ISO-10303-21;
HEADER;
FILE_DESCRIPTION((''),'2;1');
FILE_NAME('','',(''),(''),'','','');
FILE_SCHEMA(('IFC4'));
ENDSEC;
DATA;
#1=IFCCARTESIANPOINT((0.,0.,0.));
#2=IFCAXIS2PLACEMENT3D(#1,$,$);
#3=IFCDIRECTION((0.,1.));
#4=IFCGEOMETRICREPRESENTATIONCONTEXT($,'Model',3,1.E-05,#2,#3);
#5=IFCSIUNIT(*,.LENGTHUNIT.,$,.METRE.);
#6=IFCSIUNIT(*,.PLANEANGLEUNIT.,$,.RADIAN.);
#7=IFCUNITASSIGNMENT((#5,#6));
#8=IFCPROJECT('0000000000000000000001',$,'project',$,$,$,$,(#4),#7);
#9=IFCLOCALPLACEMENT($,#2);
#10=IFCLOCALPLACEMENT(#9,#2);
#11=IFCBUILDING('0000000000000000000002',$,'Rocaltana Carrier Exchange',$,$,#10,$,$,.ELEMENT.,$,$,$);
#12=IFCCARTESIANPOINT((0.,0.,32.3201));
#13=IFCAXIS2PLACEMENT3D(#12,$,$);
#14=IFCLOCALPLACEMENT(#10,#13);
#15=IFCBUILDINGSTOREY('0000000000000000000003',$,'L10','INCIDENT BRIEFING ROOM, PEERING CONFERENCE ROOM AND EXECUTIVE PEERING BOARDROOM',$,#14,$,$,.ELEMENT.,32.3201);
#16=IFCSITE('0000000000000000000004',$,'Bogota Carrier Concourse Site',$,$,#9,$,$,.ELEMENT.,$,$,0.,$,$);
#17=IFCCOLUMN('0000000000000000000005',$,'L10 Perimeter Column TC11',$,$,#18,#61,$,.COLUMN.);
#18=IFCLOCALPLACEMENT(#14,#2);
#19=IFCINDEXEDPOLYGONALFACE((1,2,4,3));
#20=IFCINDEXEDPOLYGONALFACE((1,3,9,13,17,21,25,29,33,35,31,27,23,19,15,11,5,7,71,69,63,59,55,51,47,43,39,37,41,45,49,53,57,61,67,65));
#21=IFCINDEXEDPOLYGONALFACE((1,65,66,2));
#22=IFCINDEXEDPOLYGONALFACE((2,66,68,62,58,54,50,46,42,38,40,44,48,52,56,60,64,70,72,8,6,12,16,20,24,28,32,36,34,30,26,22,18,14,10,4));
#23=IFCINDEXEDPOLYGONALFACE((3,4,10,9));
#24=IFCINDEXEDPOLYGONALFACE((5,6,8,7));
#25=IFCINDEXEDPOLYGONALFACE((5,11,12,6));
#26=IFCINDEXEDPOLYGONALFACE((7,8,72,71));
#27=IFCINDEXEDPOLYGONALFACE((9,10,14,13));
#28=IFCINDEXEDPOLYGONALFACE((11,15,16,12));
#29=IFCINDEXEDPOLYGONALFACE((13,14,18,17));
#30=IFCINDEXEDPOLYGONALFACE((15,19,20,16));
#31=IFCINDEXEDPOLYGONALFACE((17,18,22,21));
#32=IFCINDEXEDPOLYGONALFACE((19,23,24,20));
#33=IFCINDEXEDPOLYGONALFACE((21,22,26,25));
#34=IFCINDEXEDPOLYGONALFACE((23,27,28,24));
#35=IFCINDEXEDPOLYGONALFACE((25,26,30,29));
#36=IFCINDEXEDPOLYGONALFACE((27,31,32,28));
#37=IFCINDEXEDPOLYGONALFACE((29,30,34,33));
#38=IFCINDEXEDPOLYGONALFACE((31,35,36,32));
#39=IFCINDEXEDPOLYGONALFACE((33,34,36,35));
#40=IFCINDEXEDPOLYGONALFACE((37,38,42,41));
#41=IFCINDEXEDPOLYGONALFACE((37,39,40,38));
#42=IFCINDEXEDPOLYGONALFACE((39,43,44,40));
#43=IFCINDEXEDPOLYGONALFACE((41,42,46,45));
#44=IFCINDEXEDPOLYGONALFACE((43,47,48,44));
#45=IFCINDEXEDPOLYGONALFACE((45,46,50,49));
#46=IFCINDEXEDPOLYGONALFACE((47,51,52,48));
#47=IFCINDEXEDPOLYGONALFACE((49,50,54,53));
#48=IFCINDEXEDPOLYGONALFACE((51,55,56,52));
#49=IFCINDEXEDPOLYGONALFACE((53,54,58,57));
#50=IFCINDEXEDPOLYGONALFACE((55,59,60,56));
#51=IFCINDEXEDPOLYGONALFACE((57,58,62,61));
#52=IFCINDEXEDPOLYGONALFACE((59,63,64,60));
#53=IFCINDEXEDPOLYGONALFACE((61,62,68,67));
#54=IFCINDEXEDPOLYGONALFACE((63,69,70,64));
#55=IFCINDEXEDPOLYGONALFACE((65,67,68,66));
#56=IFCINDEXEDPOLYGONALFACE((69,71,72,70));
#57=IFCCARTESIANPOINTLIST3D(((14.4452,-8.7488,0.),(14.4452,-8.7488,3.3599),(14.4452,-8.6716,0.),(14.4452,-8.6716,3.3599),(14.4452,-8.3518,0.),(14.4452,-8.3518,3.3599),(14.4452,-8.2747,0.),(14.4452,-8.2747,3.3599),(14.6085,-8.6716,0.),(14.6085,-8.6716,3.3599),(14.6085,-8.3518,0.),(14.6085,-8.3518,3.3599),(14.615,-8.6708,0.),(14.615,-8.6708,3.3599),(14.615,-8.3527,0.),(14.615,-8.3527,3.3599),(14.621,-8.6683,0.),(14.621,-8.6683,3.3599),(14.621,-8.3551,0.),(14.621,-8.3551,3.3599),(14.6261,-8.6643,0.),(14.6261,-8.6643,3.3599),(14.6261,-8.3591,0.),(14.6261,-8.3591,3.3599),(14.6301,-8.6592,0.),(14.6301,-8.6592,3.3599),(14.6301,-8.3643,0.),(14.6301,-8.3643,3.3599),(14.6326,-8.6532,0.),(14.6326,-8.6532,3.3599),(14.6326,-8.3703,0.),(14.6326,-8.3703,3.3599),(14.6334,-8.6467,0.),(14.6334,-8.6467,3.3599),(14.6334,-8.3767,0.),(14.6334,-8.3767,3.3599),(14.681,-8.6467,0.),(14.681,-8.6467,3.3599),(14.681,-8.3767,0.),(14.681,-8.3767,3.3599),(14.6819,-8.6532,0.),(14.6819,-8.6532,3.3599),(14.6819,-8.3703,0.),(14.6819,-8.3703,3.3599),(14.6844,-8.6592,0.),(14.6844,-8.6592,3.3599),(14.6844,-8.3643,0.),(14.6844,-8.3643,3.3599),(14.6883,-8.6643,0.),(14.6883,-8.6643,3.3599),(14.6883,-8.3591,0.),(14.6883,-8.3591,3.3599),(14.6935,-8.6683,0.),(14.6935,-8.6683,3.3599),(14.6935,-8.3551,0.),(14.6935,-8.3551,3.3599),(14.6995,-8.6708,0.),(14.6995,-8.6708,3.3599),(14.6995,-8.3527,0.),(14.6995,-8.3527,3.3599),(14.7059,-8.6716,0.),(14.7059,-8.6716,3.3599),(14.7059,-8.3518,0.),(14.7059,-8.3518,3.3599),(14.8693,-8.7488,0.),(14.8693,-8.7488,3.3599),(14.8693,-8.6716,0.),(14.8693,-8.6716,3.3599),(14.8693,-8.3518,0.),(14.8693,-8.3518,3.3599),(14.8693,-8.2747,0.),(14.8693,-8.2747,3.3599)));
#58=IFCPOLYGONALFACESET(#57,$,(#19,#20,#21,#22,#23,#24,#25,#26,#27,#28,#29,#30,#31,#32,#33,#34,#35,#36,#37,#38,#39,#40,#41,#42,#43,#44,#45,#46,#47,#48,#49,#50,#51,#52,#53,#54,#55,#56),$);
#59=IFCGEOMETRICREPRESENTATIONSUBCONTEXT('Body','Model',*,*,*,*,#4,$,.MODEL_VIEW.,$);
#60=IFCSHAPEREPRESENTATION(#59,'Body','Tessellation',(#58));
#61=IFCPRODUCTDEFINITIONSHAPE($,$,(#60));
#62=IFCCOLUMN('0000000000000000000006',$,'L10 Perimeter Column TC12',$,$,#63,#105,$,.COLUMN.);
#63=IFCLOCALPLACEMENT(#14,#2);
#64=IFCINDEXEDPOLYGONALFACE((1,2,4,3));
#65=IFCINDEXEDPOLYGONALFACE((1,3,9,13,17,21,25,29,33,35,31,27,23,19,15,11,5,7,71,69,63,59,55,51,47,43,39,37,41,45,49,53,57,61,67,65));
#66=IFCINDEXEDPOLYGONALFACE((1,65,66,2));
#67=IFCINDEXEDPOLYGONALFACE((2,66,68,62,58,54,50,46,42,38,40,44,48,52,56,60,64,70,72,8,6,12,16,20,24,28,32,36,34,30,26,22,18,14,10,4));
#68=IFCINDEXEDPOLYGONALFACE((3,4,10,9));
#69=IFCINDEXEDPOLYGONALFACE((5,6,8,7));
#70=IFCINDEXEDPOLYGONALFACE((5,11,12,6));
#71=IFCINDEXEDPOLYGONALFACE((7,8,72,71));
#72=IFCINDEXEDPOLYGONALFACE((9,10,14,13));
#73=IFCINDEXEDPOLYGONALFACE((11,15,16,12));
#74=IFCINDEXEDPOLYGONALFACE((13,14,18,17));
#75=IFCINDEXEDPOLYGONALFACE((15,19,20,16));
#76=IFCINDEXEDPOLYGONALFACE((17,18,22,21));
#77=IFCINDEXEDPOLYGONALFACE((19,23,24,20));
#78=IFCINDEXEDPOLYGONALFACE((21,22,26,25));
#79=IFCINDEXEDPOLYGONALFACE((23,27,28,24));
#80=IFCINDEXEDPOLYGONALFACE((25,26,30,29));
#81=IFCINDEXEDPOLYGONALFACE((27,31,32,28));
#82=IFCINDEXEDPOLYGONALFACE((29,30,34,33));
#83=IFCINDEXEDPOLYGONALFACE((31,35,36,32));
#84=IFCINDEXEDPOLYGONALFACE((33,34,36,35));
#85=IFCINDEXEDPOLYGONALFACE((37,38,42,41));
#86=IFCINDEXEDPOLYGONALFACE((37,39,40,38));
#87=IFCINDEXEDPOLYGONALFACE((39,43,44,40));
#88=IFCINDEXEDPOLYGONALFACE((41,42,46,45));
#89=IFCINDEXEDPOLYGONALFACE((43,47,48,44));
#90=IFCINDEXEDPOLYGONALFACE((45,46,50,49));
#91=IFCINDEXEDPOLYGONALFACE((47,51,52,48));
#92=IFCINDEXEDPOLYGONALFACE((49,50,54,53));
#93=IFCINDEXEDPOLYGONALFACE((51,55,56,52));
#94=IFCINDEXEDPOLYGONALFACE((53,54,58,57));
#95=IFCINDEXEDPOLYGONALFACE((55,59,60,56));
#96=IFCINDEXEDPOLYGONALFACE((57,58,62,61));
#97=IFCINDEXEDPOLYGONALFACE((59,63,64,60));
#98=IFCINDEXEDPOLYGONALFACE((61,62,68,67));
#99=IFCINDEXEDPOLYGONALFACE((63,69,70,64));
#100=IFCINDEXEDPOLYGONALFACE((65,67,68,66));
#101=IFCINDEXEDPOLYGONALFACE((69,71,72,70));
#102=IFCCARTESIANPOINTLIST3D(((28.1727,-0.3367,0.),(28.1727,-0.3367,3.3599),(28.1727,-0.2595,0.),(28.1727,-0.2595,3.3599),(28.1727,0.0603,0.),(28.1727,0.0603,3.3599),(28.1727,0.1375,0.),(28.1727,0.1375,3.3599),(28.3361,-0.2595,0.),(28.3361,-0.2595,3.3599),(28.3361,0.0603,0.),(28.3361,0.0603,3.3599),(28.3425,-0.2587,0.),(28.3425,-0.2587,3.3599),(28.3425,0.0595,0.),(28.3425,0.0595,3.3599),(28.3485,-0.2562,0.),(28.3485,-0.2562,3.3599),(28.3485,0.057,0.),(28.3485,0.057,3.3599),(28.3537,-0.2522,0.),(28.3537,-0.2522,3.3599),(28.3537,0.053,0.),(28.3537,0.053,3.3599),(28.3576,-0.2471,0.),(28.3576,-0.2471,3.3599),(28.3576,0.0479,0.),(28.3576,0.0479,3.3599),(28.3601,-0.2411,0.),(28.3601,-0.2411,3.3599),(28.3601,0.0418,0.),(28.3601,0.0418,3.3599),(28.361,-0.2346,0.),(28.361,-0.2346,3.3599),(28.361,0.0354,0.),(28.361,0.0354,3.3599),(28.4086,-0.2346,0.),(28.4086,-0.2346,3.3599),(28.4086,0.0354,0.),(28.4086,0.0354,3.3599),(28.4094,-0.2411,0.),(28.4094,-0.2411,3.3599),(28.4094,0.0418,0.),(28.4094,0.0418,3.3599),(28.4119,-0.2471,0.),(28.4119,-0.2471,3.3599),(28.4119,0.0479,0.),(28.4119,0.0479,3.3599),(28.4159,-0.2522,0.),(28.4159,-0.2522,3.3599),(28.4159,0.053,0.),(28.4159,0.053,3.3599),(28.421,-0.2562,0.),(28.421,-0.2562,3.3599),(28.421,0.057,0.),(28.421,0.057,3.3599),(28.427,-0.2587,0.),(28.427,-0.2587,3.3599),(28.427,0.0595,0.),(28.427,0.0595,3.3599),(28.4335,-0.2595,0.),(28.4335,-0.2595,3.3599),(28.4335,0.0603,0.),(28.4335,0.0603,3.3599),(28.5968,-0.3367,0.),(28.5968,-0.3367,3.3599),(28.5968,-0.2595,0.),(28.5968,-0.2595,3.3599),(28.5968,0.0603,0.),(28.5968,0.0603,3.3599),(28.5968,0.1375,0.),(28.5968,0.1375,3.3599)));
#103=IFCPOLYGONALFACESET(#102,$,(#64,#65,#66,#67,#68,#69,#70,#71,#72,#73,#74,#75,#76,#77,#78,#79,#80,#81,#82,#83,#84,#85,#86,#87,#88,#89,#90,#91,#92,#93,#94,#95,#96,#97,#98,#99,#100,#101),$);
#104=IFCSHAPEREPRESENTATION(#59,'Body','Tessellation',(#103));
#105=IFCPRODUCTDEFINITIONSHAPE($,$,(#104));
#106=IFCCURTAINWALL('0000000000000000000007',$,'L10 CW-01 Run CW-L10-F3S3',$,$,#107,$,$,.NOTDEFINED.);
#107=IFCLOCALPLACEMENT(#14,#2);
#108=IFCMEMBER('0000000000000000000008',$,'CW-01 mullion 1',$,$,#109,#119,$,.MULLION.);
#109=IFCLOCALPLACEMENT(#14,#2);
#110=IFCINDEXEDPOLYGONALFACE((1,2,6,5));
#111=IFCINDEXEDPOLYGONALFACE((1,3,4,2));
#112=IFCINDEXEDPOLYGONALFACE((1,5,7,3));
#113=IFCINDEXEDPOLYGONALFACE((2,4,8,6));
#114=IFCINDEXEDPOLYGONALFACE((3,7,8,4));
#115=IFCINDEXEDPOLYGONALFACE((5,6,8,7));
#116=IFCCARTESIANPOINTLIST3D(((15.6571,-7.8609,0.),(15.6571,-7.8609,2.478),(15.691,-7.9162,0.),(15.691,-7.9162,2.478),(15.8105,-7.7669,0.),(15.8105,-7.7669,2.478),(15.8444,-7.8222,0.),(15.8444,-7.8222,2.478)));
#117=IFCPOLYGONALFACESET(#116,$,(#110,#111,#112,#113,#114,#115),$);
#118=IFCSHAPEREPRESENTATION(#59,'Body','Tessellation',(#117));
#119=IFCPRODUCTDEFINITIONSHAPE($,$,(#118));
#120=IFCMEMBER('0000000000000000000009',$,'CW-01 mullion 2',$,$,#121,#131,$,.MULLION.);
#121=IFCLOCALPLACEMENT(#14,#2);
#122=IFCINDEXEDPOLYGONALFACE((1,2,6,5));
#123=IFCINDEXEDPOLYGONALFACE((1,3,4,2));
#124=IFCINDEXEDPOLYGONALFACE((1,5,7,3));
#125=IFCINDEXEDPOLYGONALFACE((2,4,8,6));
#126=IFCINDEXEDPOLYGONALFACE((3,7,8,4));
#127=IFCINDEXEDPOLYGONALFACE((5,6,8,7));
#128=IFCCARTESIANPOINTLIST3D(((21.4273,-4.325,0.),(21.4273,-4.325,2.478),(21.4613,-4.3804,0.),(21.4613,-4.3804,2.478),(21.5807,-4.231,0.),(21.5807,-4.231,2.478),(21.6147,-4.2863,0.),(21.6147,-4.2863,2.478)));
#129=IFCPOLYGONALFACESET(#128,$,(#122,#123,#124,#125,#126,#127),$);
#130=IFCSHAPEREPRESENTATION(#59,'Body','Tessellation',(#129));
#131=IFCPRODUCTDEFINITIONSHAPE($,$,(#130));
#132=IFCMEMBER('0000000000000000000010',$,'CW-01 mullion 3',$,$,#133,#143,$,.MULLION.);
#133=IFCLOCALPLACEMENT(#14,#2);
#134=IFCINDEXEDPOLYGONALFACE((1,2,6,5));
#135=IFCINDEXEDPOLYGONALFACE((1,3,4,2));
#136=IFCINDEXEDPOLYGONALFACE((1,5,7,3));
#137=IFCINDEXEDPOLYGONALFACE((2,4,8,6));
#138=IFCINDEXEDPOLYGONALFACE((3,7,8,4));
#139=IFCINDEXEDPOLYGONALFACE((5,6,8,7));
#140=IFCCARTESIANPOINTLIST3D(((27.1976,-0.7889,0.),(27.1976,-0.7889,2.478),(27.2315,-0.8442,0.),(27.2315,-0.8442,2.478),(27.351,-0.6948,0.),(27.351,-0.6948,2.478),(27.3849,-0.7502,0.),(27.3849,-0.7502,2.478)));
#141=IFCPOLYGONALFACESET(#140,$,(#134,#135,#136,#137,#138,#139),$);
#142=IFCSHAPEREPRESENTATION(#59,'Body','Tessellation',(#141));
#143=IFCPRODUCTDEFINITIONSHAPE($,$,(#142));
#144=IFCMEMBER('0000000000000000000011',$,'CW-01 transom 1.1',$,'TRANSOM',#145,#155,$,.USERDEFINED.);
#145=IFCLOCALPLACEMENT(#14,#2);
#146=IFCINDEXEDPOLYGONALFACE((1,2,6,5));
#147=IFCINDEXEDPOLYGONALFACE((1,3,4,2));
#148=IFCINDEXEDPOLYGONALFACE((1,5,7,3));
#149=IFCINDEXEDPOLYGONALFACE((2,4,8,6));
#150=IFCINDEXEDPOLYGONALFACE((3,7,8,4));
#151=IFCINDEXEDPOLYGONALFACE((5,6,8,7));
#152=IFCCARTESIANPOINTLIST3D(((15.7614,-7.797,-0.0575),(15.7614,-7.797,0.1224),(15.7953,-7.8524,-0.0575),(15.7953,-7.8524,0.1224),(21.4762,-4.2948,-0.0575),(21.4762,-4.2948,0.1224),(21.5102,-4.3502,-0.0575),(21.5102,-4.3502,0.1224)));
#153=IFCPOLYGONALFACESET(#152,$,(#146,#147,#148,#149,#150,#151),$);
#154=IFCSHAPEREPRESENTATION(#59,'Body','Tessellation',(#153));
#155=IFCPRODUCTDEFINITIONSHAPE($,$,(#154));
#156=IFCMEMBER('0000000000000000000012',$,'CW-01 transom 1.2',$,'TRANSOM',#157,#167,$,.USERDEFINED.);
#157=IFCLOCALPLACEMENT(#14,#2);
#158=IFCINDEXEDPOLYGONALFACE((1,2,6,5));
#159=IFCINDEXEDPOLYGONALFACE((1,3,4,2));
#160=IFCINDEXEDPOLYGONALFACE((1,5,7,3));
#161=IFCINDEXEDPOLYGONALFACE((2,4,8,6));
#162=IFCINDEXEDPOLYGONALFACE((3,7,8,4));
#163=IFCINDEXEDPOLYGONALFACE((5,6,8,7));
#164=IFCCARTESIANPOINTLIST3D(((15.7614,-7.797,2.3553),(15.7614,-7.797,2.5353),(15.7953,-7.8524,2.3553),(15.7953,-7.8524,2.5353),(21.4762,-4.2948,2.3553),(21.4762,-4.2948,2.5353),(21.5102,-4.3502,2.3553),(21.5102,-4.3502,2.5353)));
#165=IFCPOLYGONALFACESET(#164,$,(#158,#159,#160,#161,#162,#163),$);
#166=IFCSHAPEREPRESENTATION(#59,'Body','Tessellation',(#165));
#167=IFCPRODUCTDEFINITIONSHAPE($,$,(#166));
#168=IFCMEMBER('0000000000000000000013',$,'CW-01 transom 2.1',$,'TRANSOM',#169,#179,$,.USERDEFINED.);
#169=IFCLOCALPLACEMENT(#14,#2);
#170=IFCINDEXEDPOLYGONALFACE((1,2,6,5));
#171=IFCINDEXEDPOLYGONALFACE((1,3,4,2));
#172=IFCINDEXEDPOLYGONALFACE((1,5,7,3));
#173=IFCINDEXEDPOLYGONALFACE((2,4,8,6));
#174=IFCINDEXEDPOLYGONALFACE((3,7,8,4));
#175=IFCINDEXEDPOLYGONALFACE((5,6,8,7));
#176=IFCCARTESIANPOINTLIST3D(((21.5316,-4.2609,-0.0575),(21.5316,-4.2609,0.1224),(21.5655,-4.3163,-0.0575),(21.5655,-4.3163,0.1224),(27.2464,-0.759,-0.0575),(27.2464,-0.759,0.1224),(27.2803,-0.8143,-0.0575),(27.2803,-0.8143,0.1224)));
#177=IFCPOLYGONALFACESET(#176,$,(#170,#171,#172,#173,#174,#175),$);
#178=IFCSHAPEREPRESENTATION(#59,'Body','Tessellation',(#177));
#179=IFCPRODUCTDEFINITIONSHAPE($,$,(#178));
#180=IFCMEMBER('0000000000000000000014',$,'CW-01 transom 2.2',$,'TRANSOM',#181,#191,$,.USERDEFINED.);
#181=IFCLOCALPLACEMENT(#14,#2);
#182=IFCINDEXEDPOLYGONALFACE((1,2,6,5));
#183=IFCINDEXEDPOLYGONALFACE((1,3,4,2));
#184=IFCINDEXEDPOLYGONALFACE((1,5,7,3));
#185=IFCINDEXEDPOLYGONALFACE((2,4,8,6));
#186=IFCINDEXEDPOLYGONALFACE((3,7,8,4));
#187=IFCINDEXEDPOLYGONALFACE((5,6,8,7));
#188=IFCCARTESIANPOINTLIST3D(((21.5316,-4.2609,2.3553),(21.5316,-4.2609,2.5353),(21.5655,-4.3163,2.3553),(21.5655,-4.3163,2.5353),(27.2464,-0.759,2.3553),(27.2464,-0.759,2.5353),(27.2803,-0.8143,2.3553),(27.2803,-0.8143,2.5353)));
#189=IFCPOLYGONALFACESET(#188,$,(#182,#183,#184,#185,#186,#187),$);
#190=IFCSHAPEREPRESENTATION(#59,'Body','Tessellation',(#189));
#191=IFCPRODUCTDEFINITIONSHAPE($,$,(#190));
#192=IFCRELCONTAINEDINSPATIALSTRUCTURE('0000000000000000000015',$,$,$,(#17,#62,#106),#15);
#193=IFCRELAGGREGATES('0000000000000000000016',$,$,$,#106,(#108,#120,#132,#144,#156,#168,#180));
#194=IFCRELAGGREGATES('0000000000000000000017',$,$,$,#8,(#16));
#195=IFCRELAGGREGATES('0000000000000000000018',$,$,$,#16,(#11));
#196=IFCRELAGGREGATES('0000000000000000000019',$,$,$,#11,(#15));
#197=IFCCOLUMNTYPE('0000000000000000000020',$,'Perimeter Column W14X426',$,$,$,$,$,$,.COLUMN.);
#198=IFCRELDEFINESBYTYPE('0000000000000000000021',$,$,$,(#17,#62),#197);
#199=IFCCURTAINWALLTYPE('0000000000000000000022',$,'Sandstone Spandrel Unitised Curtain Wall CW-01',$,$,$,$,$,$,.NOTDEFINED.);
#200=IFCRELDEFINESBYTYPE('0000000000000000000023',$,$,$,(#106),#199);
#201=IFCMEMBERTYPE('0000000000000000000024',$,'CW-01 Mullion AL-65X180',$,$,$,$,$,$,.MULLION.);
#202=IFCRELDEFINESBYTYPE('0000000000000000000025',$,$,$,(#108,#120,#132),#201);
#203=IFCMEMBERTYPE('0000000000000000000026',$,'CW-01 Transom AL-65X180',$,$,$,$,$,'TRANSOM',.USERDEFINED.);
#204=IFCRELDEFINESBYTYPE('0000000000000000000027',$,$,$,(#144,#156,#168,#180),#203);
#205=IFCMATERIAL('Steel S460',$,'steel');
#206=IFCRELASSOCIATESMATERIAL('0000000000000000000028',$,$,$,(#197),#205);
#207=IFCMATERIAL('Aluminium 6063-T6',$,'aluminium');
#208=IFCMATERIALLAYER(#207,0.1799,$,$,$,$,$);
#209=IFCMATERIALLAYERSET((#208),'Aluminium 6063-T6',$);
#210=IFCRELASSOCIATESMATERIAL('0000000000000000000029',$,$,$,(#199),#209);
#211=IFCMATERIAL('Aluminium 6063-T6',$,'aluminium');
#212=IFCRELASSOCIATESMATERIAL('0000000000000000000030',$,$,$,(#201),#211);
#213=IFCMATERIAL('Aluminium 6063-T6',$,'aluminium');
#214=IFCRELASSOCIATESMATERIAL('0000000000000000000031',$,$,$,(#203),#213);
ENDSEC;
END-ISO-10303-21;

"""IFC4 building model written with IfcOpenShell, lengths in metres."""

from ifc_helpers import new_model, si_unit, direction, frame, origin, origin_2d, place, context, subcontext, project, spatial, rectangle, i_section, extrude, material, layer, layer_set, material_profile, profile_set, type_object, element, aggregate, save


model = new_model("IFC4")

# Units and contexts
model_context = context("Model", 3, precision=1e-05, world=origin(), true_north=direction((0.0, 1.0)))
body_context = subcontext(model_context, "Body", "Model", "MODEL_VIEW")
ifc_project = project(units=[si_unit("LENGTHUNIT", "METRE"), si_unit("PLANEANGLEUNIT", "RADIAN")], contexts=[model_context])

# Site, building, storey
site_placement = place(None, origin())
site = spatial("IfcSite", under=ifc_project, at=site_placement, Name="Bogota Carrier Concourse Site", CompositionType="ELEMENT", RefElevation=0.0)
building_placement = place(site_placement, origin())
building = spatial("IfcBuilding", under=site, at=building_placement, Name="Rocaltana Carrier Exchange", CompositionType="ELEMENT")
storey_placement = place(building_placement, frame((0.0, 0.0, 32.3201)))
storey = spatial("IfcBuildingStorey", under=building, at=storey_placement, Name="L10", Description="INCIDENT BRIEFING ROOM, PEERING CONFERENCE ROOM AND EXECUTIVE PEERING BOARDROOM", CompositionType="ELEMENT", Elevation=32.3201)

# Columns
ifc_material_1 = material(Name="Steel S460", Category="steel")
ifc_material_profile_1 = material_profile(ifc_material_1, i_section(OverallWidth=0.4241, OverallDepth=0.4741, WebThickness=0.0476, FlangeThickness=0.0771, FilletRadius=0.0249, at=origin_2d()), Name="W14X426")
ifc_profile_set_1 = profile_set([ifc_material_profile_1], Name="Steel S460")
column_type = type_object("IfcColumnType", Name="Perimeter Column W14X426", PredefinedType="COLUMN", material=ifc_profile_set_1)
for number, where, z_axis, x_axis, name in (
    (1, (14.6572, -8.5117, 0.0), (0.0, 0.0, 1.0), (1.0, 0.0, 0.0), "L10 Perimeter Column TC11"),
    (2, (28.3848, -0.0996, 0.0), (0.0, 0.0, 1.0), (1.0, 0.0, 0.0), "L10 Perimeter Column TC12"),
):
    element("IfcColumn", number, at=place(storey_placement, frame(where, z_axis=z_axis, x_axis=x_axis)), inside=storey, type_object=column_type, Name=name, PredefinedType="COLUMN", context=body_context, shape_type="SweptSolid", body=[
        extrude(i_section(OverallWidth=0.4241, OverallDepth=0.4741, WebThickness=0.0476, FlangeThickness=0.0771, FilletRadius=0.0249, at=origin_2d()), origin(), (0.0, 0.0, 1.0), 3.3599),
    ])

# Curtain wall, members
ifc_material_2 = material(Name="Aluminium 6063-T6", Category="aluminium")
ifc_layer_1 = layer(ifc_material_2, 0.1799)
ifc_layer_set_1 = layer_set([ifc_layer_1], Name="Aluminium 6063-T6")
curtain_wall_type = type_object("IfcCurtainWallType", Name="Sandstone Spandrel Unitised Curtain Wall CW-01", PredefinedType="NOTDEFINED", material=ifc_layer_set_1)
curtain_wall_placement = place(storey_placement, origin())
curtain_wall = element("IfcCurtainWall", 3, at=curtain_wall_placement, inside=storey, type_object=curtain_wall_type, Name="L10 CW-01 Run CW-L10-F3S3", PredefinedType="NOTDEFINED")
ifc_material_3 = material(Name="Aluminium 6063-T6", Category="aluminium")
ifc_material_profile_2 = material_profile(ifc_material_3, rectangle(XDim=0.0649, YDim=0.1799, at=origin_2d()), Name="AL-65X180")
ifc_profile_set_2 = profile_set([ifc_material_profile_2], Name="Aluminium 6063-T6")
member_type_1 = type_object("IfcMemberType", Name="CW-01 Mullion AL-65X180", PredefinedType="MULLION", material=ifc_profile_set_2)
member_1_placement = place(storey_placement, frame((15.7507, -7.8416, 0.0), z_axis=(0.0, 0.0, 1.0), x_axis=(-0.5225, 0.852639, 0.0)))
member_1 = element("IfcMember", 4, at=member_1_placement, type_object=member_type_1, Name="CW-01 mullion 1", PredefinedType="MULLION", context=body_context, shape_type="SweptSolid", body=[
    extrude(rectangle(XDim=0.0649, YDim=0.1799, at=origin_2d()), origin(), (0.0, 0.0, 1.0), 2.478),
])
member_2_placement = place(storey_placement, frame((21.521, -4.3057, 0.0), z_axis=(0.0, 0.0, 1.0), x_axis=(-0.5225, 0.852639, 0.0)))
member_2 = element("IfcMember", 5, at=member_2_placement, type_object=member_type_1, Name="CW-01 mullion 2", PredefinedType="MULLION", context=body_context, shape_type="SweptSolid", body=[
    extrude(rectangle(XDim=0.0649, YDim=0.1799, at=origin_2d()), origin(), (0.0, 0.0, 1.0), 2.478),
])
member_3_placement = place(storey_placement, frame((27.2913, -0.7695, 0.0), z_axis=(0.0, 0.0, 1.0), x_axis=(-0.5225, 0.852639, 0.0)))
member_3 = element("IfcMember", 6, at=member_3_placement, type_object=member_type_1, Name="CW-01 mullion 3", PredefinedType="MULLION", context=body_context, shape_type="SweptSolid", body=[
    extrude(rectangle(XDim=0.0649, YDim=0.1799, at=origin_2d()), origin(), (0.0, 0.0, 1.0), 2.478),
])
ifc_material_4 = material(Name="Aluminium 6063-T6", Category="aluminium")
ifc_material_profile_3 = material_profile(ifc_material_4, rectangle(XDim=0.0649, YDim=0.1799, at=origin_2d()), Name="AL-65X180")
ifc_profile_set_3 = profile_set([ifc_material_profile_3], Name="Aluminium 6063-T6")
member_type_2 = type_object("IfcMemberType", Name="CW-01 Transom AL-65X180", ElementType="TRANSOM", PredefinedType="USERDEFINED", material=ifc_profile_set_3)
member_4_placement = place(storey_placement, frame((15.7783, -7.8247, 0.0325), z_axis=(0.852631, 0.522513, 0.0), x_axis=(-0.522513, 0.852631, 0.0)))
member_4 = element("IfcMember", 7, at=member_4_placement, type_object=member_type_2, Name="CW-01 transom 1.1", ObjectType="TRANSOM", PredefinedType="USERDEFINED", context=body_context, shape_type="SweptSolid", body=[
    extrude(rectangle(XDim=0.0649, YDim=0.1799, at=origin_2d()), origin(), (0.0, 0.0, 1.0), 6.7026),
])
member_5_placement = place(storey_placement, frame((15.7783, -7.8247, 2.4453), z_axis=(0.852631, 0.522513, 0.0), x_axis=(-0.522513, 0.852631, 0.0)))
member_5 = element("IfcMember", 8, at=member_5_placement, type_object=member_type_2, Name="CW-01 transom 1.2", ObjectType="TRANSOM", PredefinedType="USERDEFINED", context=body_context, shape_type="SweptSolid", body=[
    extrude(rectangle(XDim=0.0649, YDim=0.1799, at=origin_2d()), origin(), (0.0, 0.0, 1.0), 6.7026),
])
member_6_placement = place(storey_placement, frame((21.5486, -4.2886, 0.0325), z_axis=(0.852647, 0.522487, 0.0), x_axis=(-0.522487, 0.852647, 0.0)))
member_6 = element("IfcMember", 9, at=member_6_placement, type_object=member_type_2, Name="CW-01 transom 2.1", ObjectType="TRANSOM", PredefinedType="USERDEFINED", context=body_context, shape_type="SweptSolid", body=[
    extrude(rectangle(XDim=0.0649, YDim=0.1799, at=origin_2d()), origin(), (0.0, 0.0, 1.0), 6.7024),
])
member_7_placement = place(storey_placement, frame((21.5486, -4.2886, 2.4453), z_axis=(0.852647, 0.522487, 0.0), x_axis=(-0.522487, 0.852647, 0.0)))
member_7 = element("IfcMember", 10, at=member_7_placement, type_object=member_type_2, Name="CW-01 transom 2.2", ObjectType="TRANSOM", PredefinedType="USERDEFINED", context=body_context, shape_type="SweptSolid", body=[
    extrude(rectangle(XDim=0.0649, YDim=0.1799, at=origin_2d()), origin(), (0.0, 0.0, 1.0), 6.7024),
])

aggregate(curtain_wall, [member_1, member_2, member_3, member_4, member_5, member_6, member_7])

save(model, "model.ifc")
